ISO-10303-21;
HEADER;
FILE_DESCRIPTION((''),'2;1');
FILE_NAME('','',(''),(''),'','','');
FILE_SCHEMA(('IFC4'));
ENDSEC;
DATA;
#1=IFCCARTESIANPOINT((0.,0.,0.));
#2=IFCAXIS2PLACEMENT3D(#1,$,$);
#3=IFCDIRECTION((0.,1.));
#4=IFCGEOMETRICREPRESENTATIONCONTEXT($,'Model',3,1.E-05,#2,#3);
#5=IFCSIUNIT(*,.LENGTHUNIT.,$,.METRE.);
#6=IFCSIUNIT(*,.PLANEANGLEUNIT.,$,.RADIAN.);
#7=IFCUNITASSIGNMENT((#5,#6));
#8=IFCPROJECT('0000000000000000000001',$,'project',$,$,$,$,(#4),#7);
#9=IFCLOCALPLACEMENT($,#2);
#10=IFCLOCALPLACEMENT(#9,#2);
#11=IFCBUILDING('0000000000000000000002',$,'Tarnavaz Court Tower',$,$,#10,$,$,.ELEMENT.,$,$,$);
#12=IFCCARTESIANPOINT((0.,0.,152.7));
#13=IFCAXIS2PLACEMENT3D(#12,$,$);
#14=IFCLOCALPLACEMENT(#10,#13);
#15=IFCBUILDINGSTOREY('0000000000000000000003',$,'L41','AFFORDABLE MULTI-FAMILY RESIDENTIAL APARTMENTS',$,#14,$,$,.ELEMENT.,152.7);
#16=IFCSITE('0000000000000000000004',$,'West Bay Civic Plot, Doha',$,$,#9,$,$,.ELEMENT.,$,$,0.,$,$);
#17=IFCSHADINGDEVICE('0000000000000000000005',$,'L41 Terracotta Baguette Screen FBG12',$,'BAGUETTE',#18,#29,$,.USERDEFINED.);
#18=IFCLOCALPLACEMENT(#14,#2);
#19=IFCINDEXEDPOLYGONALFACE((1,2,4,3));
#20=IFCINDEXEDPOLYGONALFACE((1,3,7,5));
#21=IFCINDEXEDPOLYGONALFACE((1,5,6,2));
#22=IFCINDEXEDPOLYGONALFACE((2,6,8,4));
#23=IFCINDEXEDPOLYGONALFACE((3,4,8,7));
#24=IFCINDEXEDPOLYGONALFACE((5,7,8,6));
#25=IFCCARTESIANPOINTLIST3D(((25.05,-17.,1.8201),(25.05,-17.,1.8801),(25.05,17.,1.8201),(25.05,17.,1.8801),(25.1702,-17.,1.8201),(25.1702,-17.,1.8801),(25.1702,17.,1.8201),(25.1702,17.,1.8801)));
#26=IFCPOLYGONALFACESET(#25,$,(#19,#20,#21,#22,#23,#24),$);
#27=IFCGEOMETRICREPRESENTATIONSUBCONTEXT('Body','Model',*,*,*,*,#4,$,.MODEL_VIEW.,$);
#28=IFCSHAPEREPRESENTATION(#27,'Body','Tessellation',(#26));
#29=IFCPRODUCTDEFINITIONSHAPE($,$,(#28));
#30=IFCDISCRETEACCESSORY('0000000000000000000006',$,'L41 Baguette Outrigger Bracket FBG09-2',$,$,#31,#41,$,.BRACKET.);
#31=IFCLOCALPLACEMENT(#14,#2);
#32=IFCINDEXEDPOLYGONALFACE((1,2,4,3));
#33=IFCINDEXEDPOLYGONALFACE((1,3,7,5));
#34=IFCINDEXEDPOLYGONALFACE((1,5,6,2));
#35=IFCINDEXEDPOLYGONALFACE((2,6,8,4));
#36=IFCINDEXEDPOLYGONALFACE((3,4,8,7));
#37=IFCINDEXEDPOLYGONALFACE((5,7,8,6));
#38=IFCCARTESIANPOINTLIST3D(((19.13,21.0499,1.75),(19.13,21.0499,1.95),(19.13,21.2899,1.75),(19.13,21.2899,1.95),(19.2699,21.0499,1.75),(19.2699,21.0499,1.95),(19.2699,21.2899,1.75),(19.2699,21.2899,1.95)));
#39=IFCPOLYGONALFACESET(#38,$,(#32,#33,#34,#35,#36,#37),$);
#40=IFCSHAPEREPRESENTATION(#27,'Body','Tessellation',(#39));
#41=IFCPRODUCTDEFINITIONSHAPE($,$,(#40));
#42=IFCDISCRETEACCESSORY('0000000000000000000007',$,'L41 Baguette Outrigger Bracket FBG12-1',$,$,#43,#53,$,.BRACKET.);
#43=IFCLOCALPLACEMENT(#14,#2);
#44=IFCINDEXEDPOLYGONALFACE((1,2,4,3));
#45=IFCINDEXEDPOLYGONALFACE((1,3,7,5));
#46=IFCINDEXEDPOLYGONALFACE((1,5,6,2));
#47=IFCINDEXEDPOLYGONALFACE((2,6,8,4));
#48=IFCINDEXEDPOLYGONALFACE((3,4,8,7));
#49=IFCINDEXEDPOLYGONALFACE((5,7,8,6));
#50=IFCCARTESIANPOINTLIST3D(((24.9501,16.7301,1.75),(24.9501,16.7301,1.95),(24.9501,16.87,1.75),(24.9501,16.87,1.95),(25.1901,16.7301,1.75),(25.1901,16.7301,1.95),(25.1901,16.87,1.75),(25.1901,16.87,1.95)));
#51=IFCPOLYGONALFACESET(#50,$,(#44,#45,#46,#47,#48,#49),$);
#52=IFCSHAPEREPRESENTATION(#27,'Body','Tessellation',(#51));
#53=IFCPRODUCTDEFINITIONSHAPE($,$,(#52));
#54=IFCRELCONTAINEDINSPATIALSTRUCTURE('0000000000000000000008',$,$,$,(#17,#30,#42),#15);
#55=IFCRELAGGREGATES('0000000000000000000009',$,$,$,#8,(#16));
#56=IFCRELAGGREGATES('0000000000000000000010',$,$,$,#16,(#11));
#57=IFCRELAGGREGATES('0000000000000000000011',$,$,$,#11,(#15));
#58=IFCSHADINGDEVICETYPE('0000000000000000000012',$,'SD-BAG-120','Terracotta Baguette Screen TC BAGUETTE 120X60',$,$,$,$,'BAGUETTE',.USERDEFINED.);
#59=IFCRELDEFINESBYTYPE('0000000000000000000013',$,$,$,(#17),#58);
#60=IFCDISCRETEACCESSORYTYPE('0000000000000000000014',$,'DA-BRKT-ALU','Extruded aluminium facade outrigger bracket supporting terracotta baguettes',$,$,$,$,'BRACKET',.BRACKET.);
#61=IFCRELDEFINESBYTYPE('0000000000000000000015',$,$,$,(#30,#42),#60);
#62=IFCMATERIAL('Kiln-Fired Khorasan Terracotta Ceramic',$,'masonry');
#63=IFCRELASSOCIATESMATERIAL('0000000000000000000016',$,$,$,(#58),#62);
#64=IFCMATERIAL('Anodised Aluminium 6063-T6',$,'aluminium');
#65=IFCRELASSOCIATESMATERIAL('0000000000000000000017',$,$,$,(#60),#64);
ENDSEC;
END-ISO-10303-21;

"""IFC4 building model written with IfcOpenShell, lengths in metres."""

from ifc_helpers import new_model, si_unit, direction, frame, origin, origin_2d, place, context, subcontext, project, spatial, rectangle, extrude, material, material_profile, profile_set, type_object, element, save


model = new_model("IFC4")

# Units and contexts
model_context = context("Model", 3, precision=1e-05, world=origin(), true_north=direction((0.0, 1.0)))
body_context = subcontext(model_context, "Body", "Model", "MODEL_VIEW")
ifc_project = project(units=[si_unit("LENGTHUNIT", "METRE"), si_unit("PLANEANGLEUNIT", "RADIAN")], contexts=[model_context])

# Site, building, storey
site_placement = place(None, origin())
site = spatial("IfcSite", under=ifc_project, at=site_placement, Name="West Bay Civic Plot, Doha", CompositionType="ELEMENT", RefElevation=0.0)
building_placement = place(site_placement, origin())
building = spatial("IfcBuilding", under=site, at=building_placement, Name="Tarnavaz Court Tower", CompositionType="ELEMENT")
storey_placement = place(building_placement, frame((0.0, 0.0, 152.7)))
storey = spatial("IfcBuildingStorey", under=building, at=storey_placement, Name="L41", Description="AFFORDABLE MULTI-FAMILY RESIDENTIAL APARTMENTS", CompositionType="ELEMENT", Elevation=152.7)

# Shading device
ifc_material_1 = material(Name="Kiln-Fired Khorasan Terracotta Ceramic", Category="masonry")
ifc_material_profile_1 = material_profile(ifc_material_1, rectangle(XDim=0.1201, YDim=0.0601, at=origin_2d()), Name="TC BAGUETTE 120X60")
ifc_profile_set_1 = profile_set([ifc_material_profile_1], Name="Kiln-Fired Khorasan Terracotta Ceramic")
shading_device_type = type_object("IfcShadingDeviceType", Name="SD-BAG-120", Description="Terracotta Baguette Screen TC BAGUETTE 120X60", ElementType="BAGUETTE", PredefinedType="USERDEFINED", material=ifc_profile_set_1)
shading_device_placement = place(storey_placement, frame((25.1101, 17.0, 1.8501), z_axis=(0.0, -1.0, 0.0), x_axis=(1.0, 0.0, 0.0)))
element("IfcShadingDevice", 1, at=shading_device_placement, inside=storey, type_object=shading_device_type, Name="L41 Terracotta Baguette Screen FBG12", ObjectType="BAGUETTE", PredefinedType="USERDEFINED", context=body_context, shape_type="SweptSolid", body=[
    extrude(rectangle(XDim=0.1201, YDim=0.0601, at=origin_2d()), origin(), (0.0, 0.0, 1.0), 34.0),
])

# Discrete accessories
ifc_material_2 = material(Name="Anodised Aluminium 6063-T6", Category="aluminium")
discrete_accessory_type = type_object("IfcDiscreteAccessoryType", Name="DA-BRKT-ALU", Description="Extruded aluminium facade outrigger bracket supporting terracotta baguettes", ElementType="BRACKET", PredefinedType="BRACKET", material=ifc_material_2)
for number, where, z_axis, x_axis, name in (
    (2, (19.2, 21.1699, 1.75), (0.0, 0.0, 1.0), (1.0, 0.0, 0.0), "L41 Baguette Outrigger Bracket FBG09-2"),
    (3, (25.0701, 16.8, 1.75), (0.0, 0.0, 1.0), (0.0, -1.0, 0.0), "L41 Baguette Outrigger Bracket FBG12-1"),
):
    element("IfcDiscreteAccessory", number, at=place(storey_placement, frame(where, z_axis=z_axis, x_axis=x_axis)), inside=storey, type_object=discrete_accessory_type, Name=name, PredefinedType="BRACKET", context=body_context, shape_type="SweptSolid", body=[
        extrude(rectangle(XDim=0.1399, YDim=0.24, at=origin_2d()), origin(), (0.0, 0.0, 1.0), 0.2),
    ])

save(model, "model.ifc")
